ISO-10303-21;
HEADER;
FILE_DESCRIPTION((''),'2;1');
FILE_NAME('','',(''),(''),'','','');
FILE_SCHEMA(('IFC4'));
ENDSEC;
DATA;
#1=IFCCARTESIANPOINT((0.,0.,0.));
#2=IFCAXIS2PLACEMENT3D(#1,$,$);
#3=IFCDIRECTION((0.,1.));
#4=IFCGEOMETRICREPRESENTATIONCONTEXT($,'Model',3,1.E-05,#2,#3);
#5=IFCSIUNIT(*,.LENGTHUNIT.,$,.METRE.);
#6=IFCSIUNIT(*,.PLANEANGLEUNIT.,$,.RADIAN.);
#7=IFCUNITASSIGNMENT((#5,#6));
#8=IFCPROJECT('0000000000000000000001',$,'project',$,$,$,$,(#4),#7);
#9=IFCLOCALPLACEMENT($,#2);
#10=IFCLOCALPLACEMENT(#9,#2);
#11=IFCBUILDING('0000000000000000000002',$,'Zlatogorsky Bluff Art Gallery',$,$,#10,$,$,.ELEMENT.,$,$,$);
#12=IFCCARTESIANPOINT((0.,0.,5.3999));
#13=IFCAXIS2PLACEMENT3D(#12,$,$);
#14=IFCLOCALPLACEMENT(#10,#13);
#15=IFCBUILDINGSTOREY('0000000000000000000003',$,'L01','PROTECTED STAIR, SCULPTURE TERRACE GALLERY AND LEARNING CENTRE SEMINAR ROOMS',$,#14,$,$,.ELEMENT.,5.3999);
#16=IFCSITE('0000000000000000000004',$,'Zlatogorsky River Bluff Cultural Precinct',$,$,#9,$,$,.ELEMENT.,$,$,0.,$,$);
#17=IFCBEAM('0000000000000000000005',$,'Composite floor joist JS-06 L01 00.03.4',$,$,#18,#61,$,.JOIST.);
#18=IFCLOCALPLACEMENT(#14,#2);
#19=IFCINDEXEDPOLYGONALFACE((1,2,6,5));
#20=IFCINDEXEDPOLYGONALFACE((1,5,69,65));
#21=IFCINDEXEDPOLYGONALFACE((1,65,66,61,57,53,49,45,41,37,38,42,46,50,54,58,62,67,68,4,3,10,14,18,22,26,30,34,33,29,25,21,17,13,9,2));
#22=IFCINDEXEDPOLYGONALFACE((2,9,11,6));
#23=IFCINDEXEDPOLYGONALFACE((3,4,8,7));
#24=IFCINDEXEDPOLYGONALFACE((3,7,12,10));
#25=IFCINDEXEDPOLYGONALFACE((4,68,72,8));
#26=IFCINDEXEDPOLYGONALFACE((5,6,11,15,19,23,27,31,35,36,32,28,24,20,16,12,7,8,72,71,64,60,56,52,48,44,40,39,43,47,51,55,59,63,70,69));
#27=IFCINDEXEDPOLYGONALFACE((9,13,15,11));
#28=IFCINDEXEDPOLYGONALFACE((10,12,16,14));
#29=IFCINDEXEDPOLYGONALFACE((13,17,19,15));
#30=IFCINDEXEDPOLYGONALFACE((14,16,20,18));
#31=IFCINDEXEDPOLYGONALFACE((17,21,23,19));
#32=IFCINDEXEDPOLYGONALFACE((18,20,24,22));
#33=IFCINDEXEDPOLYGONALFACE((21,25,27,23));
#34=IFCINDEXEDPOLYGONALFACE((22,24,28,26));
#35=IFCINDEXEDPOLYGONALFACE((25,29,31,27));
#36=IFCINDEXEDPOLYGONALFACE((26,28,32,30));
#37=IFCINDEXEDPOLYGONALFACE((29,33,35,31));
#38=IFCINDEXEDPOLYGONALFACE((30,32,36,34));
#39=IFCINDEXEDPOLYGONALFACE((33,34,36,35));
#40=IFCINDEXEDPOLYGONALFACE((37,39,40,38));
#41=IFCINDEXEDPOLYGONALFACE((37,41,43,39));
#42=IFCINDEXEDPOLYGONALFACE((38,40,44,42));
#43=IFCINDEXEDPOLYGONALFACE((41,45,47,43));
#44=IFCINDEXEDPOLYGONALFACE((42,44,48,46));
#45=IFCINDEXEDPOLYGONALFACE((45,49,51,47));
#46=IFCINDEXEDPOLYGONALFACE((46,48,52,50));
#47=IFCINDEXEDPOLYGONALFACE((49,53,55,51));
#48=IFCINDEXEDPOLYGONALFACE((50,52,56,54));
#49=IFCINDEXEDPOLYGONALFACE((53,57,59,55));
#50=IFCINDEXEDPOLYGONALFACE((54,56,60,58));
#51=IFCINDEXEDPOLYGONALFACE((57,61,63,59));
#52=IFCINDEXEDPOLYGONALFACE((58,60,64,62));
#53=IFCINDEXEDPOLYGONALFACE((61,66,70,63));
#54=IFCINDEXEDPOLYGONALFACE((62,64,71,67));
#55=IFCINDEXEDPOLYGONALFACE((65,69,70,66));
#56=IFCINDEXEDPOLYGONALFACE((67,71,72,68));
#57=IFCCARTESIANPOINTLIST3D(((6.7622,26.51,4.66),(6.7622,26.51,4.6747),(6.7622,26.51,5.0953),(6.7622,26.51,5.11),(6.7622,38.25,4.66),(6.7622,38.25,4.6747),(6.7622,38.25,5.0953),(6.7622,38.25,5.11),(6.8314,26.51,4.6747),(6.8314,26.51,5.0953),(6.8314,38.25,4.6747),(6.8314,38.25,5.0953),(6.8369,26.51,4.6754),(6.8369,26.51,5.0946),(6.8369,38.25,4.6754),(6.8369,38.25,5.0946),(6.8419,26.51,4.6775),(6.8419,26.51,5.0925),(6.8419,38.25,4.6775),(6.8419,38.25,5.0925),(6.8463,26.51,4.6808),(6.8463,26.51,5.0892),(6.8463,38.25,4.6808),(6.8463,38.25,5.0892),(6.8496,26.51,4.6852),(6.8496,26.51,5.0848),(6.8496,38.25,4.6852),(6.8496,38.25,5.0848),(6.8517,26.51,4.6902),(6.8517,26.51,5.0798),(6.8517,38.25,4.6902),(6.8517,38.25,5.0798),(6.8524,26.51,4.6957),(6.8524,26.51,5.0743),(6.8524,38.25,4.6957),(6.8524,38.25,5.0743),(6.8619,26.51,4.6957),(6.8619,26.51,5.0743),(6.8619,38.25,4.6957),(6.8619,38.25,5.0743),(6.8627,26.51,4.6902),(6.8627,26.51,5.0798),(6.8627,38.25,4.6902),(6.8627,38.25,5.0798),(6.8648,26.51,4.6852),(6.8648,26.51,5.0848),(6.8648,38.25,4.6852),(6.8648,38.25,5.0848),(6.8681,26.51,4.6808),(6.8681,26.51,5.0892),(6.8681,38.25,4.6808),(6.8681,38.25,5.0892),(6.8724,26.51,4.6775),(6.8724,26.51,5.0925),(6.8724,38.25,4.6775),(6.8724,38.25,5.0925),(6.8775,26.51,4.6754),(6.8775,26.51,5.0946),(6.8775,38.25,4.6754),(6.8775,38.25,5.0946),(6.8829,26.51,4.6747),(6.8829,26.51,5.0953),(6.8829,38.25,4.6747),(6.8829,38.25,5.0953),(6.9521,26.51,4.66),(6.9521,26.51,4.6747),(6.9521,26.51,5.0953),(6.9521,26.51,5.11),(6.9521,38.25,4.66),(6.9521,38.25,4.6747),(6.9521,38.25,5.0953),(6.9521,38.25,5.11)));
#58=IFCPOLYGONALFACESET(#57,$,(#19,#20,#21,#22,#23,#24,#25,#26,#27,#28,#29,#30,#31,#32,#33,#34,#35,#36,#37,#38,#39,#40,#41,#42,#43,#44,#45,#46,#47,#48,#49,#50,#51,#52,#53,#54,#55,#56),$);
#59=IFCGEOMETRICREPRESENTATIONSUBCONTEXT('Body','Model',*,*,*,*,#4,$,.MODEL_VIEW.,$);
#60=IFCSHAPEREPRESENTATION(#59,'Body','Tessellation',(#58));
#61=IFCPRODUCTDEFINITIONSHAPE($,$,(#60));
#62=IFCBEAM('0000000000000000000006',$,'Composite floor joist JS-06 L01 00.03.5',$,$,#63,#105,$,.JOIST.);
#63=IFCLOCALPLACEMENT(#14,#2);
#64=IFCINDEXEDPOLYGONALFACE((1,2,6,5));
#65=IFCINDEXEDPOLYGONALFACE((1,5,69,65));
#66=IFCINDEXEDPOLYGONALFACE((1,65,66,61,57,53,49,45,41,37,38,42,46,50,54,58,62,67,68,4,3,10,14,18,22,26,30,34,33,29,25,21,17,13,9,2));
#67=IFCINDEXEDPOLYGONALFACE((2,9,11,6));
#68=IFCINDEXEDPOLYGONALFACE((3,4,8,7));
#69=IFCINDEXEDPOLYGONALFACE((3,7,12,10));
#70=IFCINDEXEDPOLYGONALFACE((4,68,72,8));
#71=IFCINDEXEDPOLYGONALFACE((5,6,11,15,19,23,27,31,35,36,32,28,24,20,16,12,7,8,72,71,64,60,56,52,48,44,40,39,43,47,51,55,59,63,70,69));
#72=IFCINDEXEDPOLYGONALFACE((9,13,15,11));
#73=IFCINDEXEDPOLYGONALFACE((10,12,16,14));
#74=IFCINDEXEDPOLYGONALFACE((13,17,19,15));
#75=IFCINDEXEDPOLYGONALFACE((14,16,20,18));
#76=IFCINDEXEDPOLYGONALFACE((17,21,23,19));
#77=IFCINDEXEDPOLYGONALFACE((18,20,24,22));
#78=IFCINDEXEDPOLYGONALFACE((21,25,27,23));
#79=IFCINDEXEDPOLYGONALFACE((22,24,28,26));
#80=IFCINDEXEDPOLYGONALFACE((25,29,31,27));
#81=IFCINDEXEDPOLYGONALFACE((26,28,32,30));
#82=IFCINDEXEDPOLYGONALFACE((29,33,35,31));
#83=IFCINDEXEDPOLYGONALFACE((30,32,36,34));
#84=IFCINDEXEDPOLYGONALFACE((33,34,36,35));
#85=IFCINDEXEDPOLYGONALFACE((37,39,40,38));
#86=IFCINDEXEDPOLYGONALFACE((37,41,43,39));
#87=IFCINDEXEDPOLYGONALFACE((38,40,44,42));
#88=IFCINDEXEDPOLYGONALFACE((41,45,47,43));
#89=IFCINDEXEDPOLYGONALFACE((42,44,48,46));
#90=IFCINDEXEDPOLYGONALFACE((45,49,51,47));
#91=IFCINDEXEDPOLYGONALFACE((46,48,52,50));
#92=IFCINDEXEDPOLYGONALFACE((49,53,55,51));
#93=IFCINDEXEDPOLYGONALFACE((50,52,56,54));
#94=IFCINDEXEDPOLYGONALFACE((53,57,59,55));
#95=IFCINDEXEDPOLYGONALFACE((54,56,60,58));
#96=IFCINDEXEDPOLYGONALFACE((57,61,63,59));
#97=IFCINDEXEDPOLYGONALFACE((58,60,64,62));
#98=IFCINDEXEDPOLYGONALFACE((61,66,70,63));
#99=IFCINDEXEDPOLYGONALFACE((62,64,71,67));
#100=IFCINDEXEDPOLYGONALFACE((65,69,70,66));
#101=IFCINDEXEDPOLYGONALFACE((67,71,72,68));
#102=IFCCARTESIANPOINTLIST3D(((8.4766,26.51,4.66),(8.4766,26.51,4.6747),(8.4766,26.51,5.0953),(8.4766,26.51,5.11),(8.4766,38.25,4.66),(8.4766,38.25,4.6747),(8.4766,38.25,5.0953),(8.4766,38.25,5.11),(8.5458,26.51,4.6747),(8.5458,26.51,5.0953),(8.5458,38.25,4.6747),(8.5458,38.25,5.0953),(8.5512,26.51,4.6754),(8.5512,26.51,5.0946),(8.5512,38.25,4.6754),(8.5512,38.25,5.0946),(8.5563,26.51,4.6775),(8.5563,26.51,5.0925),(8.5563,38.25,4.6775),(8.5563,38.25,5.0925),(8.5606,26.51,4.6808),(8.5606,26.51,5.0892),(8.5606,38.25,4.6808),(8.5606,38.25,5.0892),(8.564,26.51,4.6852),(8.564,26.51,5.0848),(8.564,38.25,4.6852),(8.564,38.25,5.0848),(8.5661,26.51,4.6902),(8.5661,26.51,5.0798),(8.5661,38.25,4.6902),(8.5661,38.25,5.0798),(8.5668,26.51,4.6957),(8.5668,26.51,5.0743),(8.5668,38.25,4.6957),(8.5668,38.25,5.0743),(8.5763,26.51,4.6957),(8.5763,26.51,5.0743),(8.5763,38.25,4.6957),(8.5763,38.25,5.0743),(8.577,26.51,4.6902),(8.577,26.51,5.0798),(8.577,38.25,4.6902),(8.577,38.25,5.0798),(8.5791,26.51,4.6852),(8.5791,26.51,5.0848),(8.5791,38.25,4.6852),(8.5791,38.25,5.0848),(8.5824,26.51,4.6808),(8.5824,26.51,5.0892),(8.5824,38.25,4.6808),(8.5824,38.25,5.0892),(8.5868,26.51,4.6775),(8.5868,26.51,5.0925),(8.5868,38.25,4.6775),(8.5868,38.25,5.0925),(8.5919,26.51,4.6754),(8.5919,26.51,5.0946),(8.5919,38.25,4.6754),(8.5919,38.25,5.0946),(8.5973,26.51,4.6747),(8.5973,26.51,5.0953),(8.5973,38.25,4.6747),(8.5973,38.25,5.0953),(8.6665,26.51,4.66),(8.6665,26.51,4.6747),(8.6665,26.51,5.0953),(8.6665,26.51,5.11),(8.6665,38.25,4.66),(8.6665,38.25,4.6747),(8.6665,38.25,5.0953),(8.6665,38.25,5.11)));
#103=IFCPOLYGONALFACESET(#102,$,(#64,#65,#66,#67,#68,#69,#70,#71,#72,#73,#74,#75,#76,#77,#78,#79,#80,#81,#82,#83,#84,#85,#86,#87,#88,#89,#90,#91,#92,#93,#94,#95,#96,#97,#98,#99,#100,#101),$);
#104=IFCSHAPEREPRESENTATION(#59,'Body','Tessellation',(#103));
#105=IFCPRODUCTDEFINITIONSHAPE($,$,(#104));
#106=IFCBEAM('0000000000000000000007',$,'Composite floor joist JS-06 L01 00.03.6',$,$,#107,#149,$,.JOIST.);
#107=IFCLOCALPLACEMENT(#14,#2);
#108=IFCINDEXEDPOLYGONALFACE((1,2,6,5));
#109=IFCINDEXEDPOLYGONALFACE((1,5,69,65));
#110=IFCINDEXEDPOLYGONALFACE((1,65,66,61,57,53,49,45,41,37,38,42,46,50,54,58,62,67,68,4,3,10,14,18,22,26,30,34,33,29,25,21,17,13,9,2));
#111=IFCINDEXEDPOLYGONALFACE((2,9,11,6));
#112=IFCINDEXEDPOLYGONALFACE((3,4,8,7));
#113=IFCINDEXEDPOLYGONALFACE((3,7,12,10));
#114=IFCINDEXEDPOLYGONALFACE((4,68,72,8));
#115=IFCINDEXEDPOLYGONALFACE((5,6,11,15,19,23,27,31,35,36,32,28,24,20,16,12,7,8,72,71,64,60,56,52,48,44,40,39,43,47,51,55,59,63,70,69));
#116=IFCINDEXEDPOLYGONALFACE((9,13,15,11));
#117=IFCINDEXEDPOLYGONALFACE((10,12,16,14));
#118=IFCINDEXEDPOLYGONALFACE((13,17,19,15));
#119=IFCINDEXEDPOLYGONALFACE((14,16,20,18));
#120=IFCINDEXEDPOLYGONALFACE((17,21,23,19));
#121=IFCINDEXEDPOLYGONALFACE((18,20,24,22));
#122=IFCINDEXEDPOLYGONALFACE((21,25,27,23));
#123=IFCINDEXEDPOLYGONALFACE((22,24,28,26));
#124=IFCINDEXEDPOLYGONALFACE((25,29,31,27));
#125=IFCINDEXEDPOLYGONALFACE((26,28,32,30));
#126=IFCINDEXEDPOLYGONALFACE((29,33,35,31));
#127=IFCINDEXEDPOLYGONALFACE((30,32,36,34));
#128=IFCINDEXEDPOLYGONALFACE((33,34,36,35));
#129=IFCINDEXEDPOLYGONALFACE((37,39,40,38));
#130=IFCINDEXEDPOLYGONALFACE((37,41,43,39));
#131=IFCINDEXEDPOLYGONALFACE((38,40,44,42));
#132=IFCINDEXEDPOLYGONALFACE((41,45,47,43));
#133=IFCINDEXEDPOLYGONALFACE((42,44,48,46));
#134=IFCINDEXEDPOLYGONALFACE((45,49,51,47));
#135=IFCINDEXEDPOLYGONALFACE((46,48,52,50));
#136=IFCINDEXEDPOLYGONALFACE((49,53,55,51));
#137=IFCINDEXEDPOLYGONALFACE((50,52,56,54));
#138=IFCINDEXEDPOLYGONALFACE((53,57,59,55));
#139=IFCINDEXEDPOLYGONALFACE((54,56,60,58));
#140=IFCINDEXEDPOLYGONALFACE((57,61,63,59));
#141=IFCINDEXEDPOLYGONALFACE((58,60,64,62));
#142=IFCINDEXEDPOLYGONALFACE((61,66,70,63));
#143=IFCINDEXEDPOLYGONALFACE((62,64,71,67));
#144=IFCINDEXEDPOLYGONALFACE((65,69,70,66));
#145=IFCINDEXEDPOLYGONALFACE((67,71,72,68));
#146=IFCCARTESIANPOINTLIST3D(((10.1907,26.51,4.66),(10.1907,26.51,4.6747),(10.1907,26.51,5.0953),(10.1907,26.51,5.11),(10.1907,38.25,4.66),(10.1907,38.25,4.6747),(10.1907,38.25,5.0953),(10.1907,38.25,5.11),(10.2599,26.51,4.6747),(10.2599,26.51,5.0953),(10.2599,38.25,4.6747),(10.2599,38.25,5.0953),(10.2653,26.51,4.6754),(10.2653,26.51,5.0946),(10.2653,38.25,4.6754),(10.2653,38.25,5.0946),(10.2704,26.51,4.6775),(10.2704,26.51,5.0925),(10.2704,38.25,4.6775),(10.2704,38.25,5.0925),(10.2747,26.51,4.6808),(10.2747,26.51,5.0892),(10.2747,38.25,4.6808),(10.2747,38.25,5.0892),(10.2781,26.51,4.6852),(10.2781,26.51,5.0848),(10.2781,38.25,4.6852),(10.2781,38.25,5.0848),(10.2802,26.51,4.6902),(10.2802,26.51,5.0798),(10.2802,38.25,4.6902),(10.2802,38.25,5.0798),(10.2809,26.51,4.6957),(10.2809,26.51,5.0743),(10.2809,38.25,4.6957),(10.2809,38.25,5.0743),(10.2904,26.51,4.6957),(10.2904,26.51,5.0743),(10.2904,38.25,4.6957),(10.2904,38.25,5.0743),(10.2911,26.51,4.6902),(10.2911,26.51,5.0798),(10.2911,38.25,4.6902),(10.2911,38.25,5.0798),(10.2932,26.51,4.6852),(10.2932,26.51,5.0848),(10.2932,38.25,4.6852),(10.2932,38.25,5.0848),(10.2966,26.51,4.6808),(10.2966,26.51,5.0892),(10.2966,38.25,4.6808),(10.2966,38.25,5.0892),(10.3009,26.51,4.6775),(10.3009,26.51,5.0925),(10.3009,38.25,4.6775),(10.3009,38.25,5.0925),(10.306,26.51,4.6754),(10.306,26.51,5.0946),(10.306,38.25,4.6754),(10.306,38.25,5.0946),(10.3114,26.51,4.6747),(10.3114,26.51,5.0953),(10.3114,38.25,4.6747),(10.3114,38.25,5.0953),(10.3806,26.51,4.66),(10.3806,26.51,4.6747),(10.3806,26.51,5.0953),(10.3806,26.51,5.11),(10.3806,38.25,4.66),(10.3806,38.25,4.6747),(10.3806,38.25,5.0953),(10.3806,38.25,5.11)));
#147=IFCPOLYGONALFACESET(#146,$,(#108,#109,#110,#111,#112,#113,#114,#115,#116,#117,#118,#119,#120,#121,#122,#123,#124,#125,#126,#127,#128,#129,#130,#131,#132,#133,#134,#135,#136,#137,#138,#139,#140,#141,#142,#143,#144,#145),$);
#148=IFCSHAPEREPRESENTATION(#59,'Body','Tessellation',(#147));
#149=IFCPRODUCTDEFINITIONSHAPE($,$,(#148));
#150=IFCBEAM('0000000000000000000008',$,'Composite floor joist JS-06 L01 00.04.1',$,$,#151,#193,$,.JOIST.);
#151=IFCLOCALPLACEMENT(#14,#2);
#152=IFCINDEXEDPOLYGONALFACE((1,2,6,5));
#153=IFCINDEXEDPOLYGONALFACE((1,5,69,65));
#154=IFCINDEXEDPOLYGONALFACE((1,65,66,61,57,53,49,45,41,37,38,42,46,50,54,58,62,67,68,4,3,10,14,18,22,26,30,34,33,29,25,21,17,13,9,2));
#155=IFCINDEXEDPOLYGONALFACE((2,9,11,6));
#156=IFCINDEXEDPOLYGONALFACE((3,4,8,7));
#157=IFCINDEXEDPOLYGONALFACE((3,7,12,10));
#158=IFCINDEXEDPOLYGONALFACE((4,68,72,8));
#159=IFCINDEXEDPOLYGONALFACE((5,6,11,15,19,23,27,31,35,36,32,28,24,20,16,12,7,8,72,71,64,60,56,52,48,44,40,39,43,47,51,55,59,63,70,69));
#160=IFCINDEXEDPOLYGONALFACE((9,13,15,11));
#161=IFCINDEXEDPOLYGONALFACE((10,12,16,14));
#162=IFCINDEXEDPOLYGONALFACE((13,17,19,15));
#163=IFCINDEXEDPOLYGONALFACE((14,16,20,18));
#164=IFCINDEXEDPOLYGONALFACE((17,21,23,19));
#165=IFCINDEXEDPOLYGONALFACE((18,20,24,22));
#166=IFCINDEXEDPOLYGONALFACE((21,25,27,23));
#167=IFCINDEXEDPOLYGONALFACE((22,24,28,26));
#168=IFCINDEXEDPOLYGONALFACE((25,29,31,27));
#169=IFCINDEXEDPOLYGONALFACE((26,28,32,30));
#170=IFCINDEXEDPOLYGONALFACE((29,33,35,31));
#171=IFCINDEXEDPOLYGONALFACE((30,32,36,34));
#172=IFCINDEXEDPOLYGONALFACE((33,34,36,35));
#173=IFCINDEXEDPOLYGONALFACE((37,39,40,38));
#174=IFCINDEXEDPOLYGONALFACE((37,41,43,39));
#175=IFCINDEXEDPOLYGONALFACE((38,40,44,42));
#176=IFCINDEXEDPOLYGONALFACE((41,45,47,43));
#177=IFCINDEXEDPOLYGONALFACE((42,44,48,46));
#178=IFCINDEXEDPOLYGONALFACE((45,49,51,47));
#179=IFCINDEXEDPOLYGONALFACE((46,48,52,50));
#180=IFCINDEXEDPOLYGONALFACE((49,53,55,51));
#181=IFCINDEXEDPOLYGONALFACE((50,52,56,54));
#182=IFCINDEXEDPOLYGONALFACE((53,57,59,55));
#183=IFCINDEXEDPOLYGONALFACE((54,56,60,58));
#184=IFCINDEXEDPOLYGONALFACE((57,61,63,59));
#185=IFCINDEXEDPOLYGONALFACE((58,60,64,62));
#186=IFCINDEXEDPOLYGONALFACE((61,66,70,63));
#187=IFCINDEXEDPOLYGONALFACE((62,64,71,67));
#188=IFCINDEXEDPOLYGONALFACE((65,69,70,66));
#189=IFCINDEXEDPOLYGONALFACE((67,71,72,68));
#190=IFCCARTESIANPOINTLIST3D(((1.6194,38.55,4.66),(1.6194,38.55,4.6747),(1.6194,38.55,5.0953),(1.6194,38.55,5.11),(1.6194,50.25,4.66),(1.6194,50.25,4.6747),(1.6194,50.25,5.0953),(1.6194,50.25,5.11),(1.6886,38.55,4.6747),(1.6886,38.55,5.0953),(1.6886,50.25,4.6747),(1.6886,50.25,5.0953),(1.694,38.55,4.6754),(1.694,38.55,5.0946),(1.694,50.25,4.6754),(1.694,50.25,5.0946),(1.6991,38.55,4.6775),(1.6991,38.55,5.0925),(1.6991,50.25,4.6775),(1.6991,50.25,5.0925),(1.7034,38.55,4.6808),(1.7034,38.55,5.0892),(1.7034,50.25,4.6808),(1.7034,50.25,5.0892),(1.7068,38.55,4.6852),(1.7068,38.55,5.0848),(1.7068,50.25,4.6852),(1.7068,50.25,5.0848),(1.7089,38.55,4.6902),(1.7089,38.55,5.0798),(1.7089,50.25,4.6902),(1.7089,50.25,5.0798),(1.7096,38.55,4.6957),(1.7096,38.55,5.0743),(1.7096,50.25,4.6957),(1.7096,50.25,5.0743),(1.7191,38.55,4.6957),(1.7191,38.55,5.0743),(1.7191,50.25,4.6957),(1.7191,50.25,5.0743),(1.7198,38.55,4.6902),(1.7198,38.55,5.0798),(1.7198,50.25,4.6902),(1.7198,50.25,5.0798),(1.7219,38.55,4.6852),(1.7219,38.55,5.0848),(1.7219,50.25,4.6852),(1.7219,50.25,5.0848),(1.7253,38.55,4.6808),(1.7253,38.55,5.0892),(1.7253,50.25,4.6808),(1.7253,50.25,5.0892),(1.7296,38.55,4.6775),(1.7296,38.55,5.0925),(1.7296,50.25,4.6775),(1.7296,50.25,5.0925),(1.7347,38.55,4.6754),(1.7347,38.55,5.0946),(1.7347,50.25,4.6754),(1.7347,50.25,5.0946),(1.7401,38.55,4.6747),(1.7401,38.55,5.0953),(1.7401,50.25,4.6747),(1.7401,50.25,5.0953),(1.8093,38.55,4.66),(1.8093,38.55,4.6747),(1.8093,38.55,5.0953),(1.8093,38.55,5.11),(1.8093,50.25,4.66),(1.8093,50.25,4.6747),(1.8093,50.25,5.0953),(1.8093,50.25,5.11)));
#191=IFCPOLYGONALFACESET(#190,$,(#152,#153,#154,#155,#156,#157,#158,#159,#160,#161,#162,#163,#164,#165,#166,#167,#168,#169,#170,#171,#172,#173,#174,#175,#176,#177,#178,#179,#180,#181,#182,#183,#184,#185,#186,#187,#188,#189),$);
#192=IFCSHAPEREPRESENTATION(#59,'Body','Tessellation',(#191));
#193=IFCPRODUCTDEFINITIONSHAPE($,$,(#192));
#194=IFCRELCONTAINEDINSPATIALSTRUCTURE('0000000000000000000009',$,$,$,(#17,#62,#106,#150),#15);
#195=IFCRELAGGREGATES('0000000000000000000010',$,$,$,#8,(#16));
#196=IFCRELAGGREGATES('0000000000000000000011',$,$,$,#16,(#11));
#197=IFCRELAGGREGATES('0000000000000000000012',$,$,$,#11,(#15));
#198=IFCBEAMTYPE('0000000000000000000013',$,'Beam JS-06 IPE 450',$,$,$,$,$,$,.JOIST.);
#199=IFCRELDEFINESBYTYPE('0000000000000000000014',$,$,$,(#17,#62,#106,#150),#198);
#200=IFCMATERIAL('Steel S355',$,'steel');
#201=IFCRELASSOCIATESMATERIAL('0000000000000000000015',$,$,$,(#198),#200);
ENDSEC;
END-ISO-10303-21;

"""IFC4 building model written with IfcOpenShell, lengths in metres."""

from ifc_helpers import new_model, si_unit, direction, frame, origin, origin_2d, place, context, subcontext, project, spatial, i_section, extrude, material, material_profile, profile_set, type_object, element, save


model = new_model("IFC4")

# Units and contexts
model_context = context("Model", 3, precision=1e-05, world=origin(), true_north=direction((0.0, 1.0)))
body_context = subcontext(model_context, "Body", "Model", "MODEL_VIEW")
ifc_project = project(units=[si_unit("LENGTHUNIT", "METRE"), si_unit("PLANEANGLEUNIT", "RADIAN")], contexts=[model_context])

# Site, building, storey
site_placement = place(None, origin())
site = spatial("IfcSite", under=ifc_project, at=site_placement, Name="Zlatogorsky River Bluff Cultural Precinct", CompositionType="ELEMENT", RefElevation=0.0)
building_placement = place(site_placement, origin())
building = spatial("IfcBuilding", under=site, at=building_placement, Name="Zlatogorsky Bluff Art Gallery", CompositionType="ELEMENT")
storey_placement = place(building_placement, frame((0.0, 0.0, 5.3999)))
storey = spatial("IfcBuildingStorey", under=building, at=storey_placement, Name="L01", Description="PROTECTED STAIR, SCULPTURE TERRACE GALLERY AND LEARNING CENTRE SEMINAR ROOMS", CompositionType="ELEMENT", Elevation=5.3999)

# Shared definitions
ifc_material_1 = material(Name="Steel S355", Category="steel")

# Beams
ifc_material_profile_1 = material_profile(ifc_material_1, i_section(OverallWidth=0.1899, OverallDepth=0.45, WebThickness=0.0095, FlangeThickness=0.0146, FilletRadius=0.021, at=origin_2d()), Name="IPE 450")
ifc_profile_set_1 = profile_set([ifc_material_profile_1], Name="Steel S355")
beam_type_1 = type_object("IfcBeamType", Name="Beam JS-06 IPE 450", PredefinedType="JOIST", material=ifc_profile_set_1)
for number, where, z_axis, x_axis, name in (
    (1, (6.8572, 26.51, 4.885), (0.0, 1.0, 0.0), (-1.0, 0.0, 0.0), "Composite floor joist JS-06 L01 00.03.4"),
    (2, (8.5715, 26.51, 4.885), (0.0, 1.0, 0.0), (-1.0, 0.0, 0.0), "Composite floor joist JS-06 L01 00.03.5"),
    (3, (10.2856, 26.51, 4.885), (0.0, 1.0, 0.0), (-1.0, 0.0, 0.0), "Composite floor joist JS-06 L01 00.03.6"),
):
    element("IfcBeam", number, at=place(storey_placement, frame(where, z_axis=z_axis, x_axis=x_axis)), inside=storey, type_object=beam_type_1, Name=name, PredefinedType="JOIST", context=body_context, shape_type="SweptSolid", body=[
        extrude(i_section(OverallWidth=0.1899, OverallDepth=0.45, WebThickness=0.0095, FlangeThickness=0.0146, FilletRadius=0.021, at=origin_2d()), origin(), (0.0, 0.0, 1.0), 11.74),
    ])
for number, where, z_axis, x_axis, name in (
    (4, (1.7144, 38.55, 4.885), (0.0, 1.0, 0.0), (-1.0, 0.0, 0.0), "Composite floor joist JS-06 L01 00.04.1"),
):
    element("IfcBeam", number, at=place(storey_placement, frame(where, z_axis=z_axis, x_axis=x_axis)), inside=storey, type_object=beam_type_1, Name=name, PredefinedType="JOIST", context=body_context, shape_type="SweptSolid", body=[
        extrude(i_section(OverallWidth=0.1899, OverallDepth=0.45, WebThickness=0.0095, FlangeThickness=0.0146, FilletRadius=0.021, at=origin_2d()), origin(), (0.0, 0.0, 1.0), 11.7),
    ])

save(model, "model.ifc")
